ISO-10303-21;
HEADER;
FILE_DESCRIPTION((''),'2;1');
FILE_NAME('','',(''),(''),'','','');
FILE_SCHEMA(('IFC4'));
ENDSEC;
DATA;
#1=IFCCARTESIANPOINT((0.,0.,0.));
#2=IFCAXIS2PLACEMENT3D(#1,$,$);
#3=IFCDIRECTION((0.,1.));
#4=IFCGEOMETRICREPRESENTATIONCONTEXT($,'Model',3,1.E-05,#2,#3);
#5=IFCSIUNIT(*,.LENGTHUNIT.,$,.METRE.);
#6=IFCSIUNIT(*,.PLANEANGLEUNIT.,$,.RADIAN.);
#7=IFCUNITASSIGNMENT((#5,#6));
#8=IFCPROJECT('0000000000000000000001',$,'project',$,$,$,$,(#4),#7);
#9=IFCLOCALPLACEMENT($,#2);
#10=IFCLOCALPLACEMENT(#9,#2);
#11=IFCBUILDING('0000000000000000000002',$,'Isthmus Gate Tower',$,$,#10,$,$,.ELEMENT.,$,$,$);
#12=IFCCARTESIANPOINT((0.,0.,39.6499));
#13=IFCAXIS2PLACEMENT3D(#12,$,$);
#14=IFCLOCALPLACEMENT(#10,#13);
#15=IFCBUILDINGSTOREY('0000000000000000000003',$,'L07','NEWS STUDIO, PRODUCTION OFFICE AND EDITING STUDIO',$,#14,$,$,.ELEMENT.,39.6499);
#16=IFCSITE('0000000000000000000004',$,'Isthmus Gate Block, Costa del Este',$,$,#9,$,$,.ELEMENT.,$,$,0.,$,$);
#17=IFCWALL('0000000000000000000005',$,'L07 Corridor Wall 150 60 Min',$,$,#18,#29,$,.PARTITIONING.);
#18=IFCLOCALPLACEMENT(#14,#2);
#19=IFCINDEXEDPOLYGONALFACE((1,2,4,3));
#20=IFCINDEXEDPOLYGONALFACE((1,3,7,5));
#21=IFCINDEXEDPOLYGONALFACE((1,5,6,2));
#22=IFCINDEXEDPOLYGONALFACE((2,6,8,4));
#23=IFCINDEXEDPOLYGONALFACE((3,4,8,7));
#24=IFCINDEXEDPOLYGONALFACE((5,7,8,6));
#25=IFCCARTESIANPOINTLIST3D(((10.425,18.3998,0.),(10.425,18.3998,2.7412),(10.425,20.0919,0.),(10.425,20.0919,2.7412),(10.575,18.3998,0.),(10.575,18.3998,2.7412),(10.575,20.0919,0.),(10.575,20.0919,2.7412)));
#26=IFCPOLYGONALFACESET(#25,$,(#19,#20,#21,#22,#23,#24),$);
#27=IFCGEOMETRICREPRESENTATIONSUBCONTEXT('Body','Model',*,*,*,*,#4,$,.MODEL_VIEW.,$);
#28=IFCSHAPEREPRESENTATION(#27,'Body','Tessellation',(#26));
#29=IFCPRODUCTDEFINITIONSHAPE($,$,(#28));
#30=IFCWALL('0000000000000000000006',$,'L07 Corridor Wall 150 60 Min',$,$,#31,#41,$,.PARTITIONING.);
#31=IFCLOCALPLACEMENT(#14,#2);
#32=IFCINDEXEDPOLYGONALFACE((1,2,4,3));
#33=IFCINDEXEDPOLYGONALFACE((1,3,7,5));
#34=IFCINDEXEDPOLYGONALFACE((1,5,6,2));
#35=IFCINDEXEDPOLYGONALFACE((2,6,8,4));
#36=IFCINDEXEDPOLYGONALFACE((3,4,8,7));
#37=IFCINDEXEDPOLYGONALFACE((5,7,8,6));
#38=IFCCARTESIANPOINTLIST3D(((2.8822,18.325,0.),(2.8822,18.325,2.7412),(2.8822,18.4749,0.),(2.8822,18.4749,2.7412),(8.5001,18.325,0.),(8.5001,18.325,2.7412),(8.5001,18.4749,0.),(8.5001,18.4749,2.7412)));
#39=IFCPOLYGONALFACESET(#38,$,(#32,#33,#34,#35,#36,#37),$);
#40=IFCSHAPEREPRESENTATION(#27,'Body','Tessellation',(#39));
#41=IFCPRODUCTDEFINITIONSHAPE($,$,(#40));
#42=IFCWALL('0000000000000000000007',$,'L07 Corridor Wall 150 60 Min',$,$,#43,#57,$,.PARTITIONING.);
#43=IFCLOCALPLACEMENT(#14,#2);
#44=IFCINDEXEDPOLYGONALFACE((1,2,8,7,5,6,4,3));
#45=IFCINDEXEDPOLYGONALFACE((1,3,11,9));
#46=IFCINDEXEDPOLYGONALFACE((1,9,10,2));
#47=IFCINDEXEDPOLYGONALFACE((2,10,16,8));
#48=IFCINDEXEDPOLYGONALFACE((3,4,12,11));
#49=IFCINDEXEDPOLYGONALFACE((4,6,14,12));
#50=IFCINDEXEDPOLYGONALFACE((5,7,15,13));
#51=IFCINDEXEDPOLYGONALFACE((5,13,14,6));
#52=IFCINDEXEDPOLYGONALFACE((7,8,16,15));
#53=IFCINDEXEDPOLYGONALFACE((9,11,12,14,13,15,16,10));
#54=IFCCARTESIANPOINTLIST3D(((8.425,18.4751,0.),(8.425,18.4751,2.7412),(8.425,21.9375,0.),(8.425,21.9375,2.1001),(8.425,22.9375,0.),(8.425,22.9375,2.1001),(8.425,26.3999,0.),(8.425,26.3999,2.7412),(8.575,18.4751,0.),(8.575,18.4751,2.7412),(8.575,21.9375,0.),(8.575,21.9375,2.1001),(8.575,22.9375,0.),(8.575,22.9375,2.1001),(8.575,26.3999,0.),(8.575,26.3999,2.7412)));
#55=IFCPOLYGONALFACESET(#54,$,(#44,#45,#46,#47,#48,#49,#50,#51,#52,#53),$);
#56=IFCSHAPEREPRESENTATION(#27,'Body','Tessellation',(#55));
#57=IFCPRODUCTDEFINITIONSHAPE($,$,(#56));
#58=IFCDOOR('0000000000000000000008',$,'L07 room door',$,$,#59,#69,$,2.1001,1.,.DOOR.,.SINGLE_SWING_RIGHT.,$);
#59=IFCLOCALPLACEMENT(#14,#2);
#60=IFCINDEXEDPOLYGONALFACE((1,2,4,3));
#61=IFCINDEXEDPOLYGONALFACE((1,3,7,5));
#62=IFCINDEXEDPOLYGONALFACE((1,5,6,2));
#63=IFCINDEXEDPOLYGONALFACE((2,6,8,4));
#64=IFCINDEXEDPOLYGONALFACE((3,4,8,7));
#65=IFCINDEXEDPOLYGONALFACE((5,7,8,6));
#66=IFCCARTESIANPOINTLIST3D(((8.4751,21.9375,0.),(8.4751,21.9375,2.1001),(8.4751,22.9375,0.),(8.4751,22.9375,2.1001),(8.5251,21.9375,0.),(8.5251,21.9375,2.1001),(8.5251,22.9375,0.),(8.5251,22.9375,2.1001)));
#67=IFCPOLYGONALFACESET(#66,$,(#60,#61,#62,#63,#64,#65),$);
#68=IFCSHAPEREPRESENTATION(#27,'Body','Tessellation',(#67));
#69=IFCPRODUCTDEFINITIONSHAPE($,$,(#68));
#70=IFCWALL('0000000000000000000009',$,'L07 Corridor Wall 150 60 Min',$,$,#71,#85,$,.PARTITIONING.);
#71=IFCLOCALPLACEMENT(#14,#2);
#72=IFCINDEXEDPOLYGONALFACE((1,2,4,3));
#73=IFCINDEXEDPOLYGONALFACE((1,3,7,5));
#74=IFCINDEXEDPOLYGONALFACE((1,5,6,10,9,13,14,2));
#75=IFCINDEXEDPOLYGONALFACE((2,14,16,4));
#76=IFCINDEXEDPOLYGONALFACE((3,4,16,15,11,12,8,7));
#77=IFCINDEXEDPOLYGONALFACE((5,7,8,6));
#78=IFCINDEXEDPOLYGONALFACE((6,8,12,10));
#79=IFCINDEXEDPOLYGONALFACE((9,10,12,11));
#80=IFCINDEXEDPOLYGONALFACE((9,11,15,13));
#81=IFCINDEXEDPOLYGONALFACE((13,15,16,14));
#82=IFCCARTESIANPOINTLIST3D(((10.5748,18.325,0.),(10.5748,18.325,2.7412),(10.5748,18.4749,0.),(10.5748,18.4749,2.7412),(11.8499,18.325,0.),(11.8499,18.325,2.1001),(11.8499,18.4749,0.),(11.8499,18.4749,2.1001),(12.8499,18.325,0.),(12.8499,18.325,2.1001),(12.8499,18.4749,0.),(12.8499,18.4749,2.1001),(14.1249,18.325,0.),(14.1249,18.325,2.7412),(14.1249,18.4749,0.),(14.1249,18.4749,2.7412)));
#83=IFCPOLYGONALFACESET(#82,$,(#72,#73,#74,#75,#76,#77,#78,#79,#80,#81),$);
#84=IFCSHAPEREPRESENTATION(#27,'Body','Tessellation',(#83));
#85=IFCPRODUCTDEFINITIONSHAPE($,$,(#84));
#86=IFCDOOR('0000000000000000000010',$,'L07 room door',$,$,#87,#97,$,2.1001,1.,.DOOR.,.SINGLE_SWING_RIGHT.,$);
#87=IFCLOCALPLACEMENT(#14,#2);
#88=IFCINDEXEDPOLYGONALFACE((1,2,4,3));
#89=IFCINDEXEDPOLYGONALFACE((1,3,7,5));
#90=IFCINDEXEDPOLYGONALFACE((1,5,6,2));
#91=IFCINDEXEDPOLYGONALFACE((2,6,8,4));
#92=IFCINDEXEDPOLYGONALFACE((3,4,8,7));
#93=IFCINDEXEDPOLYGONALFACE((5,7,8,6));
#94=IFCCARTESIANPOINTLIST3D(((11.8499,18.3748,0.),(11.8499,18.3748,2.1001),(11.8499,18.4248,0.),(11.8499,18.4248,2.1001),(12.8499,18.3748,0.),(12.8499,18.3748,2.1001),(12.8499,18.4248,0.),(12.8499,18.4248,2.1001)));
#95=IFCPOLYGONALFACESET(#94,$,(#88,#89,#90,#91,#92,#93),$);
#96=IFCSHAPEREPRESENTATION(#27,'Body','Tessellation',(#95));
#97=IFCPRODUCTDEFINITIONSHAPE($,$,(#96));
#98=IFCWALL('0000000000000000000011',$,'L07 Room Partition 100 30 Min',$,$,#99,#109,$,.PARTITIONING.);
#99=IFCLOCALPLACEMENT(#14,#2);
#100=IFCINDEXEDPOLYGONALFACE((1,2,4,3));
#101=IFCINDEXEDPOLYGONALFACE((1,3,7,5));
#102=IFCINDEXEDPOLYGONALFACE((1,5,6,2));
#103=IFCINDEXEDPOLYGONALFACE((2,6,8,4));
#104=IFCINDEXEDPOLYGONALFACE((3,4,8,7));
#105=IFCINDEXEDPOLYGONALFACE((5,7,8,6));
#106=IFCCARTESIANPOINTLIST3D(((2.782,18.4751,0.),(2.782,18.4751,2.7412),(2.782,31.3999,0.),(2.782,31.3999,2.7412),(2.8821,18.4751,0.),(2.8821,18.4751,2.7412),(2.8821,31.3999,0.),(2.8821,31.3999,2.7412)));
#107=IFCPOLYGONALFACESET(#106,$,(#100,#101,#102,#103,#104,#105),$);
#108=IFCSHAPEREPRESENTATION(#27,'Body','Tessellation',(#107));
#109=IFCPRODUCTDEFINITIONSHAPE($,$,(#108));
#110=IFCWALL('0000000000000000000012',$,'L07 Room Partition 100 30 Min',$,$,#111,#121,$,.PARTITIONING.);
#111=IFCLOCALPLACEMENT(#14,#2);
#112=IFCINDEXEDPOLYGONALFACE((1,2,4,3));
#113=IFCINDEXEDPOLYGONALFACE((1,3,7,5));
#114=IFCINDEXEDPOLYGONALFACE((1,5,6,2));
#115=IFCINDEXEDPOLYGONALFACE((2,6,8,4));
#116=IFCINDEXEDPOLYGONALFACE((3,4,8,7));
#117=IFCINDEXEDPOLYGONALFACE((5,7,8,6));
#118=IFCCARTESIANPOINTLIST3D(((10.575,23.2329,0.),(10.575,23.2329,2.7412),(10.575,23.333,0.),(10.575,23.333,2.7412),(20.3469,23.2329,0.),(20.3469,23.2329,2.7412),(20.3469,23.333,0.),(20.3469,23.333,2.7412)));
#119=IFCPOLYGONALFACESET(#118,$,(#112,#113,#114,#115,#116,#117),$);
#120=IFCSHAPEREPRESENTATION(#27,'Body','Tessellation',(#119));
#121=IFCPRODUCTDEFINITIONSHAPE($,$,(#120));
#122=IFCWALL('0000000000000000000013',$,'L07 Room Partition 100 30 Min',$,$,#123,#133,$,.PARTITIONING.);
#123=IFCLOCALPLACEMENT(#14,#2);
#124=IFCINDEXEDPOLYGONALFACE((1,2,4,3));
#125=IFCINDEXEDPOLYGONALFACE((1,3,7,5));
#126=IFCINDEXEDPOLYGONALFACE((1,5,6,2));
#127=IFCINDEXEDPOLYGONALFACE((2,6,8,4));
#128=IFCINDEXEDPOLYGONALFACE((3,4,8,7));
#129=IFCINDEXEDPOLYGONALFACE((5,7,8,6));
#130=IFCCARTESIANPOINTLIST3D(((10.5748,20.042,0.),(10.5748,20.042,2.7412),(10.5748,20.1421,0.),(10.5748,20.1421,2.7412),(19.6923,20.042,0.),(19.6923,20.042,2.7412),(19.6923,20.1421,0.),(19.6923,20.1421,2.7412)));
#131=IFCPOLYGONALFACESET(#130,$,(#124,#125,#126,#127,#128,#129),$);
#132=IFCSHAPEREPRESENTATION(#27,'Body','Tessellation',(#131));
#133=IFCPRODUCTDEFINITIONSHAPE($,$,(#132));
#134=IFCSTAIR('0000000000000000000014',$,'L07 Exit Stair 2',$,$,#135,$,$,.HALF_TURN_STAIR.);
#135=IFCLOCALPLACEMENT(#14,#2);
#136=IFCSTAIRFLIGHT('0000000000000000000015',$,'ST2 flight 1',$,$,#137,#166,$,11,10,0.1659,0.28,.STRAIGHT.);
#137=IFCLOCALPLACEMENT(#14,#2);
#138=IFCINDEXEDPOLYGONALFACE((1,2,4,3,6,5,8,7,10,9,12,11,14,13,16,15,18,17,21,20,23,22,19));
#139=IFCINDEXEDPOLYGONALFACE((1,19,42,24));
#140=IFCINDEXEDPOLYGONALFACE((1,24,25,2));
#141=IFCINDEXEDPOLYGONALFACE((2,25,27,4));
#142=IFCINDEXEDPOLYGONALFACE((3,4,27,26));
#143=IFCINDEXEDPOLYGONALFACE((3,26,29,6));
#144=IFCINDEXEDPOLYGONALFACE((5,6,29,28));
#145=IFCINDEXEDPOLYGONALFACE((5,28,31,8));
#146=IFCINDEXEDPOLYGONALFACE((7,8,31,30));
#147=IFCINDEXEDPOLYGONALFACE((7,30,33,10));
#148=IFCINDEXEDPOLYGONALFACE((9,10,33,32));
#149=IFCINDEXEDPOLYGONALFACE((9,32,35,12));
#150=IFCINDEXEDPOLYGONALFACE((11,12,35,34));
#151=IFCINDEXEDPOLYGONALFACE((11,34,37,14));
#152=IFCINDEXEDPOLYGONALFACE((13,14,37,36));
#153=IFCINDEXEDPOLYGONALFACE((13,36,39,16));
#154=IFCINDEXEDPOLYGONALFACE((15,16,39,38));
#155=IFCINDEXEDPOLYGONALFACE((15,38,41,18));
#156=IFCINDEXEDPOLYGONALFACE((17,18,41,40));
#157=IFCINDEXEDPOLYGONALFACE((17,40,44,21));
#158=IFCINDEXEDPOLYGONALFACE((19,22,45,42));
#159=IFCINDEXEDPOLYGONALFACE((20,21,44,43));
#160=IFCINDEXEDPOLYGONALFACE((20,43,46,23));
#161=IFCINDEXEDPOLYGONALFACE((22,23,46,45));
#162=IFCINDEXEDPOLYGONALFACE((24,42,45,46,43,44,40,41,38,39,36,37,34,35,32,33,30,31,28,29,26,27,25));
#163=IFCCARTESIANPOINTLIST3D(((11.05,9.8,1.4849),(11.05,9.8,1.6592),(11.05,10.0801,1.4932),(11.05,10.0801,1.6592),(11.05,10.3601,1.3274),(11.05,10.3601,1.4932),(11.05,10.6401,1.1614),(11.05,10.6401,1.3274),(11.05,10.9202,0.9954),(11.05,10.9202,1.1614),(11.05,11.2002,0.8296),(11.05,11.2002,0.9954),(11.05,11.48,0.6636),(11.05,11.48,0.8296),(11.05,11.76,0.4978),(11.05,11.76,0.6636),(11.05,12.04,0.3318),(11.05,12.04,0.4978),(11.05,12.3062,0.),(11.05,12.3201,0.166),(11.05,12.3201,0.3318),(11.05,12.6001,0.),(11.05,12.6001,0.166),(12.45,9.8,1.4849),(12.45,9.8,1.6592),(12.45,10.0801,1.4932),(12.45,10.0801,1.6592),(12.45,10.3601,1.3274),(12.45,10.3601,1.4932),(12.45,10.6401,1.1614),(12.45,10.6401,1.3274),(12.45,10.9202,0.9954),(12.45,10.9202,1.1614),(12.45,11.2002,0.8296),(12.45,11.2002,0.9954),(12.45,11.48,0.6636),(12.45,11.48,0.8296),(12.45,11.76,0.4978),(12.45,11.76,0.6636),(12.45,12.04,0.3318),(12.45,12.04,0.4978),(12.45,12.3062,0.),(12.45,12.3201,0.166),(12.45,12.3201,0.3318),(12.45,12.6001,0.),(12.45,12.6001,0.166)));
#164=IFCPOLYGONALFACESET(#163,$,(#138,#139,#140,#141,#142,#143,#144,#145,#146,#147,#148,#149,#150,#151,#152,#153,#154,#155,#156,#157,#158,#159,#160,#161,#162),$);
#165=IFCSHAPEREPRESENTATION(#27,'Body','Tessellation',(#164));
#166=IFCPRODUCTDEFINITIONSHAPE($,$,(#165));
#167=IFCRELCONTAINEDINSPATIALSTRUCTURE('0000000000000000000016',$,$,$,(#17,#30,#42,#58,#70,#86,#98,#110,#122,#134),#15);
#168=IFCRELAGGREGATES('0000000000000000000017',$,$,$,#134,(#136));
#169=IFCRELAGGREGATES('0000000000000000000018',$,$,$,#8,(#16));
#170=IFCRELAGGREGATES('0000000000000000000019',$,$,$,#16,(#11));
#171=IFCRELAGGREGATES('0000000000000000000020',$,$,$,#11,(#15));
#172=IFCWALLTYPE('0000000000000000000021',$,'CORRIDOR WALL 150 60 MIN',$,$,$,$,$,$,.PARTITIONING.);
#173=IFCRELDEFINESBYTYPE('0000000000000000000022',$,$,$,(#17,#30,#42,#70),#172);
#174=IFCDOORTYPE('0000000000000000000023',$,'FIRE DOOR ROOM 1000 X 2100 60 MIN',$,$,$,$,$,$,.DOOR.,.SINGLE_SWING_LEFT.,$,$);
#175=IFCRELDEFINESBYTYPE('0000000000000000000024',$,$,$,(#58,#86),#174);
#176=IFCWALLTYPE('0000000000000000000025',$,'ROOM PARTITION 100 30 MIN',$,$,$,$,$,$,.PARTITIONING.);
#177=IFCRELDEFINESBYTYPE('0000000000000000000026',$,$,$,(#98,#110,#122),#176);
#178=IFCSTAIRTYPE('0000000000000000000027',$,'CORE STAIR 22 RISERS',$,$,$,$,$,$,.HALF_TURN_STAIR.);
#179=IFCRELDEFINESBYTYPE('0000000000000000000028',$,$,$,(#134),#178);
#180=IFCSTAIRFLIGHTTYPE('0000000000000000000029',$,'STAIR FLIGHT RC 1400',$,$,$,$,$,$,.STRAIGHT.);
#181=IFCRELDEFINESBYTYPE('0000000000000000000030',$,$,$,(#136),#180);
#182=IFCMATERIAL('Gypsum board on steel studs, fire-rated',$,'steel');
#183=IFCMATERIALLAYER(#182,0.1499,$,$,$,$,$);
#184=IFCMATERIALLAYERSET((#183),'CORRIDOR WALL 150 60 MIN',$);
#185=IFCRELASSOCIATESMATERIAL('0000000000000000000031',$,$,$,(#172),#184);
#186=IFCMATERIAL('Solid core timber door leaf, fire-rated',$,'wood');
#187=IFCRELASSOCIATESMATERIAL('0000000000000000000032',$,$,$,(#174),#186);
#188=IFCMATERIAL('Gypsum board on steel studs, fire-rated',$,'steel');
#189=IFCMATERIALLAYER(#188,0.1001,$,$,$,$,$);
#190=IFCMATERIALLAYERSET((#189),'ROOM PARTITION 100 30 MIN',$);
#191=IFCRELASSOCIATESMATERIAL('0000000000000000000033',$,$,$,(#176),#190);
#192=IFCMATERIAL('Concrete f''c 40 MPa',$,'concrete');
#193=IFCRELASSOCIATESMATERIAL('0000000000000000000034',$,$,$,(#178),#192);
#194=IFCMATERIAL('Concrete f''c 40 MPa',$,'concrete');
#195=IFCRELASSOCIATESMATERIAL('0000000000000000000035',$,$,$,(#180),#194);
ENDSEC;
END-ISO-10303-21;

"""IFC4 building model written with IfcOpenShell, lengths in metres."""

from ifc_helpers import new_model, si_unit, direction, frame, frame_2d, origin, place, context, subcontext, project, spatial, polyline, rectangle, outline, extrude, material, layer, layer_set, type_object, element, fill, aggregate, save


model = new_model("IFC4")

# Units and contexts
model_context = context("Model", 3, precision=1e-05, world=origin(), true_north=direction((0.0, 1.0)))
body_context = subcontext(model_context, "Body", "Model", "MODEL_VIEW")
ifc_project = project(units=[si_unit("LENGTHUNIT", "METRE"), si_unit("PLANEANGLEUNIT", "RADIAN")], contexts=[model_context])

# Site, building, storey
site_placement = place(None, origin())
site = spatial("IfcSite", under=ifc_project, at=site_placement, Name="Isthmus Gate Block, Costa del Este", CompositionType="ELEMENT", RefElevation=0.0)
building_placement = place(site_placement, origin())
building = spatial("IfcBuilding", under=site, at=building_placement, Name="Isthmus Gate Tower", CompositionType="ELEMENT")
storey_placement = place(building_placement, frame((0.0, 0.0, 39.6499)))
storey = spatial("IfcBuildingStorey", under=building, at=storey_placement, Name="L07", Description="NEWS STUDIO, PRODUCTION OFFICE AND EDITING STUDIO", CompositionType="ELEMENT", Elevation=39.6499)

# Shared definitions
ifc_material_1 = material(Name="Gypsum board on steel studs, fire-rated", Category="steel")
ifc_layer_1 = layer(ifc_material_1, 0.1499)
ifc_layer_set_1 = layer_set([ifc_layer_1], Name="CORRIDOR WALL 150 60 MIN")
wall_type_1 = type_object("IfcWallType", Name="CORRIDOR WALL 150 60 MIN", PredefinedType="PARTITIONING", material=ifc_layer_set_1)
ifc_material_2 = material(Name="Solid core timber door leaf, fire-rated", Category="wood")
door_type = type_object("IfcDoorType", Name="FIRE DOOR ROOM 1000 X 2100 60 MIN", OperationType="SINGLE_SWING_LEFT", PredefinedType="DOOR", material=ifc_material_2)

# Walls
wall_1_placement = place(storey_placement, frame((10.5, 20.092, 0.0), z_axis=(0.0, 0.0, 1.0), x_axis=(0.0, -1.0, 0.0)))
element("IfcWall", 1, at=wall_1_placement, inside=storey, type_object=wall_type_1, Name="L07 Corridor Wall 150 60 Min", PredefinedType="PARTITIONING", context=body_context, shape_type="SweptSolid", body=[
    extrude(rectangle(XDim=1.6921, YDim=0.1499, at=frame_2d((0.8462, 0.0))), origin(), (0.0, 0.0, 1.0), 2.7412),
])
wall_2_placement = place(storey_placement, frame((2.8821, 18.3999, 0.0), z_axis=(0.0, 0.0, 1.0), x_axis=(1.0, 0.0, 0.0)))
element("IfcWall", 2, at=wall_2_placement, inside=storey, type_object=wall_type_1, Name="L07 Corridor Wall 150 60 Min", PredefinedType="PARTITIONING", context=body_context, shape_type="SweptSolid", body=[
    extrude(rectangle(XDim=5.6179, YDim=0.1499, at=frame_2d((2.8091, 0.0))), origin(), (0.0, 0.0, 1.0), 2.7412),
])

# Walls, openings, doors
wall_3_placement = place(storey_placement, frame((8.5, 18.4751, 0.0), z_axis=(0.0, 0.0, 1.0), x_axis=(0.0, 1.0, 0.0)))
wall_3 = element("IfcWall", 3, at=wall_3_placement, inside=storey, type_object=wall_type_1, Name="L07 Corridor Wall 150 60 Min", PredefinedType="PARTITIONING", context=body_context, shape_type="SweptSolid", body=[
    extrude(rectangle(XDim=7.9248, YDim=0.1499, at=frame_2d((3.9624, 0.0))), origin(), (0.0, 0.0, 1.0), 2.7412),
])
opening_1_placement = place(wall_3_placement, frame((3.4624, 0.0, 0.0)))
opening_1 = element("IfcOpeningElement", 4, at=opening_1_placement, cuts=wall_3, PredefinedType="OPENING", context=body_context, shape_type="SweptSolid", body=[
    extrude(rectangle(XDim=1.0, YDim=2.1001, at=frame_2d((0.5, 1.05))), frame((0.0, 0.085, 0.0), z_axis=(0.0, -1.0, 0.0), x_axis=(1.0, 0.0, 0.0)), (0.0, 0.0, 1.0), 0.1699),
])
door_1_placement = place(opening_1_placement, origin())
door_1 = element("IfcDoor", 5, at=door_1_placement, inside=storey, type_object=door_type, Name="L07 room door", OperationType="SINGLE_SWING_RIGHT", OverallHeight=2.1001, OverallWidth=1.0, PredefinedType="DOOR", context=body_context, shape_type="SweptSolid", body=[
    extrude(rectangle(XDim=1.0, YDim=2.1001, at=frame_2d((0.5, 1.05))), frame((0.0, 0.0249, 0.0), z_axis=(0.0, -1.0, 0.0), x_axis=(1.0, 0.0, 0.0)), (0.0, 0.0, 1.0), 0.05),
])
fill(opening_1, door_1)
wall_4_placement = place(storey_placement, frame((10.575, 18.3999, 0.0), z_axis=(0.0, 0.0, 1.0), x_axis=(1.0, 0.0, 0.0)))
wall_4 = element("IfcWall", 6, at=wall_4_placement, inside=storey, type_object=wall_type_1, Name="L07 Corridor Wall 150 60 Min", PredefinedType="PARTITIONING", context=body_context, shape_type="SweptSolid", body=[
    extrude(rectangle(XDim=3.55, YDim=0.1499, at=frame_2d((1.7749, 0.0))), origin(), (0.0, 0.0, 1.0), 2.7412),
])
opening_2_placement = place(wall_4_placement, frame((1.2749, 0.0, 0.0)))
opening_2 = element("IfcOpeningElement", 7, at=opening_2_placement, cuts=wall_4, PredefinedType="OPENING", context=body_context, shape_type="SweptSolid", body=[
    extrude(rectangle(XDim=1.0, YDim=2.1001, at=frame_2d((0.5, 1.05))), frame((0.0, 0.085, 0.0), z_axis=(0.0, -1.0, 0.0), x_axis=(1.0, 0.0, 0.0)), (0.0, 0.0, 1.0), 0.1699),
])
door_2_placement = place(opening_2_placement, origin())
door_2 = element("IfcDoor", 8, at=door_2_placement, inside=storey, type_object=door_type, Name="L07 room door", OperationType="SINGLE_SWING_RIGHT", OverallHeight=2.1001, OverallWidth=1.0, PredefinedType="DOOR", context=body_context, shape_type="SweptSolid", body=[
    extrude(rectangle(XDim=1.0, YDim=2.1001, at=frame_2d((0.5, 1.05))), frame((0.0, 0.0249, 0.0), z_axis=(0.0, -1.0, 0.0), x_axis=(1.0, 0.0, 0.0)), (0.0, 0.0, 1.0), 0.05),
])
fill(opening_2, door_2)

# Walls
ifc_material_3 = material(Name="Gypsum board on steel studs, fire-rated", Category="steel")
ifc_layer_2 = layer(ifc_material_3, 0.1001)
ifc_layer_set_2 = layer_set([ifc_layer_2], Name="ROOM PARTITION 100 30 MIN")
wall_type_2 = type_object("IfcWallType", Name="ROOM PARTITION 100 30 MIN", PredefinedType="PARTITIONING", material=ifc_layer_set_2)
wall_5_placement = place(storey_placement, frame((2.832, 18.4751, 0.0), z_axis=(0.0, 0.0, 1.0), x_axis=(0.0, 1.0, 0.0)))
element("IfcWall", 9, at=wall_5_placement, inside=storey, type_object=wall_type_2, Name="L07 Room Partition 100 30 Min", PredefinedType="PARTITIONING", context=body_context, shape_type="SweptSolid", body=[
    extrude(rectangle(XDim=12.9248, YDim=0.1001, at=frame_2d((6.4624, 0.0))), origin(), (0.0, 0.0, 1.0), 2.7412),
])
wall_6_placement = place(storey_placement, frame((10.575, 23.283, 0.0), z_axis=(0.0, 0.0, 1.0), x_axis=(1.0, 0.0, 0.0)))
element("IfcWall", 10, at=wall_6_placement, inside=storey, type_object=wall_type_2, Name="L07 Room Partition 100 30 Min", PredefinedType="PARTITIONING", context=body_context, shape_type="SweptSolid", body=[
    extrude(rectangle(XDim=9.772, YDim=0.1001, at=frame_2d((4.886, 0.0))), origin(), (0.0, 0.0, 1.0), 2.7412),
])
wall_7_placement = place(storey_placement, frame((10.575, 20.092, 0.0), z_axis=(0.0, 0.0, 1.0), x_axis=(1.0, 0.0, 0.0)))
element("IfcWall", 11, at=wall_7_placement, inside=storey, type_object=wall_type_2, Name="L07 Room Partition 100 30 Min", PredefinedType="PARTITIONING", context=body_context, shape_type="SweptSolid", body=[
    extrude(rectangle(XDim=9.1174, YDim=0.1001, at=frame_2d((4.5586, 0.0))), origin(), (0.0, 0.0, 1.0), 2.7412),
])

# Stair, stair flight
ifc_material_4 = material(Name="Concrete f'c 40 MPa", Category="concrete")
stair_type = type_object("IfcStairType", Name="CORE STAIR 22 RISERS", PredefinedType="HALF_TURN_STAIR", material=ifc_material_4)
stair_placement = place(storey_placement, origin())
stair = element("IfcStair", 12, at=stair_placement, inside=storey, type_object=stair_type, Name="L07 Exit Stair 2", PredefinedType="HALF_TURN_STAIR")
ifc_material_5 = material(Name="Concrete f'c 40 MPa", Category="concrete")
stair_flight_type = type_object("IfcStairFlightType", Name="STAIR FLIGHT RC 1400", PredefinedType="STRAIGHT", material=ifc_material_5)
stair_flight_placement = place(storey_placement, frame((11.75, 12.6001, 0.0), z_axis=(0.0, 0.0, 1.0), x_axis=(0.0, -1.0, 0.0)))
stair_flight = element("IfcStairFlight", 13, at=stair_flight_placement, type_object=stair_flight_type, Name="ST2 flight 1", NumberOfRisers=11, NumberOfTreads=10, PredefinedType="STRAIGHT", RiserHeight=0.1659, TreadLength=0.28, context=body_context, shape_type="SweptSolid", body=[
    extrude(outline(polyline([(0.0, 0.0), (0.0, 0.166), (0.28, 0.166), (0.28, 0.3318), (0.5601, 0.3318), (0.5601, 0.4978), (0.8401, 0.4978), (0.8401, 0.6636), (1.1201, 0.6636), (1.1201, 0.8296), (1.3999, 0.8296), (1.3999, 0.9954), (1.6799, 0.9954), (1.6799, 1.1614), (1.96, 1.1614), (1.96, 1.3274), (2.24, 1.3274), (2.24, 1.4932), (2.52, 1.4932), (2.52, 1.6592), (2.8, 1.6592), (2.8, 1.825), (2.8, 1.4849), (0.2939, 0.0), (0.0, 0.0)])), frame((0.0, 0.7, 0.0), z_axis=(0.0, -1.0, 0.0), x_axis=(1.0, 0.0, 0.0)), (0.0, 0.0, 1.0), 1.3999),
])
aggregate(stair, [stair_flight])

save(model, "model.ifc")
